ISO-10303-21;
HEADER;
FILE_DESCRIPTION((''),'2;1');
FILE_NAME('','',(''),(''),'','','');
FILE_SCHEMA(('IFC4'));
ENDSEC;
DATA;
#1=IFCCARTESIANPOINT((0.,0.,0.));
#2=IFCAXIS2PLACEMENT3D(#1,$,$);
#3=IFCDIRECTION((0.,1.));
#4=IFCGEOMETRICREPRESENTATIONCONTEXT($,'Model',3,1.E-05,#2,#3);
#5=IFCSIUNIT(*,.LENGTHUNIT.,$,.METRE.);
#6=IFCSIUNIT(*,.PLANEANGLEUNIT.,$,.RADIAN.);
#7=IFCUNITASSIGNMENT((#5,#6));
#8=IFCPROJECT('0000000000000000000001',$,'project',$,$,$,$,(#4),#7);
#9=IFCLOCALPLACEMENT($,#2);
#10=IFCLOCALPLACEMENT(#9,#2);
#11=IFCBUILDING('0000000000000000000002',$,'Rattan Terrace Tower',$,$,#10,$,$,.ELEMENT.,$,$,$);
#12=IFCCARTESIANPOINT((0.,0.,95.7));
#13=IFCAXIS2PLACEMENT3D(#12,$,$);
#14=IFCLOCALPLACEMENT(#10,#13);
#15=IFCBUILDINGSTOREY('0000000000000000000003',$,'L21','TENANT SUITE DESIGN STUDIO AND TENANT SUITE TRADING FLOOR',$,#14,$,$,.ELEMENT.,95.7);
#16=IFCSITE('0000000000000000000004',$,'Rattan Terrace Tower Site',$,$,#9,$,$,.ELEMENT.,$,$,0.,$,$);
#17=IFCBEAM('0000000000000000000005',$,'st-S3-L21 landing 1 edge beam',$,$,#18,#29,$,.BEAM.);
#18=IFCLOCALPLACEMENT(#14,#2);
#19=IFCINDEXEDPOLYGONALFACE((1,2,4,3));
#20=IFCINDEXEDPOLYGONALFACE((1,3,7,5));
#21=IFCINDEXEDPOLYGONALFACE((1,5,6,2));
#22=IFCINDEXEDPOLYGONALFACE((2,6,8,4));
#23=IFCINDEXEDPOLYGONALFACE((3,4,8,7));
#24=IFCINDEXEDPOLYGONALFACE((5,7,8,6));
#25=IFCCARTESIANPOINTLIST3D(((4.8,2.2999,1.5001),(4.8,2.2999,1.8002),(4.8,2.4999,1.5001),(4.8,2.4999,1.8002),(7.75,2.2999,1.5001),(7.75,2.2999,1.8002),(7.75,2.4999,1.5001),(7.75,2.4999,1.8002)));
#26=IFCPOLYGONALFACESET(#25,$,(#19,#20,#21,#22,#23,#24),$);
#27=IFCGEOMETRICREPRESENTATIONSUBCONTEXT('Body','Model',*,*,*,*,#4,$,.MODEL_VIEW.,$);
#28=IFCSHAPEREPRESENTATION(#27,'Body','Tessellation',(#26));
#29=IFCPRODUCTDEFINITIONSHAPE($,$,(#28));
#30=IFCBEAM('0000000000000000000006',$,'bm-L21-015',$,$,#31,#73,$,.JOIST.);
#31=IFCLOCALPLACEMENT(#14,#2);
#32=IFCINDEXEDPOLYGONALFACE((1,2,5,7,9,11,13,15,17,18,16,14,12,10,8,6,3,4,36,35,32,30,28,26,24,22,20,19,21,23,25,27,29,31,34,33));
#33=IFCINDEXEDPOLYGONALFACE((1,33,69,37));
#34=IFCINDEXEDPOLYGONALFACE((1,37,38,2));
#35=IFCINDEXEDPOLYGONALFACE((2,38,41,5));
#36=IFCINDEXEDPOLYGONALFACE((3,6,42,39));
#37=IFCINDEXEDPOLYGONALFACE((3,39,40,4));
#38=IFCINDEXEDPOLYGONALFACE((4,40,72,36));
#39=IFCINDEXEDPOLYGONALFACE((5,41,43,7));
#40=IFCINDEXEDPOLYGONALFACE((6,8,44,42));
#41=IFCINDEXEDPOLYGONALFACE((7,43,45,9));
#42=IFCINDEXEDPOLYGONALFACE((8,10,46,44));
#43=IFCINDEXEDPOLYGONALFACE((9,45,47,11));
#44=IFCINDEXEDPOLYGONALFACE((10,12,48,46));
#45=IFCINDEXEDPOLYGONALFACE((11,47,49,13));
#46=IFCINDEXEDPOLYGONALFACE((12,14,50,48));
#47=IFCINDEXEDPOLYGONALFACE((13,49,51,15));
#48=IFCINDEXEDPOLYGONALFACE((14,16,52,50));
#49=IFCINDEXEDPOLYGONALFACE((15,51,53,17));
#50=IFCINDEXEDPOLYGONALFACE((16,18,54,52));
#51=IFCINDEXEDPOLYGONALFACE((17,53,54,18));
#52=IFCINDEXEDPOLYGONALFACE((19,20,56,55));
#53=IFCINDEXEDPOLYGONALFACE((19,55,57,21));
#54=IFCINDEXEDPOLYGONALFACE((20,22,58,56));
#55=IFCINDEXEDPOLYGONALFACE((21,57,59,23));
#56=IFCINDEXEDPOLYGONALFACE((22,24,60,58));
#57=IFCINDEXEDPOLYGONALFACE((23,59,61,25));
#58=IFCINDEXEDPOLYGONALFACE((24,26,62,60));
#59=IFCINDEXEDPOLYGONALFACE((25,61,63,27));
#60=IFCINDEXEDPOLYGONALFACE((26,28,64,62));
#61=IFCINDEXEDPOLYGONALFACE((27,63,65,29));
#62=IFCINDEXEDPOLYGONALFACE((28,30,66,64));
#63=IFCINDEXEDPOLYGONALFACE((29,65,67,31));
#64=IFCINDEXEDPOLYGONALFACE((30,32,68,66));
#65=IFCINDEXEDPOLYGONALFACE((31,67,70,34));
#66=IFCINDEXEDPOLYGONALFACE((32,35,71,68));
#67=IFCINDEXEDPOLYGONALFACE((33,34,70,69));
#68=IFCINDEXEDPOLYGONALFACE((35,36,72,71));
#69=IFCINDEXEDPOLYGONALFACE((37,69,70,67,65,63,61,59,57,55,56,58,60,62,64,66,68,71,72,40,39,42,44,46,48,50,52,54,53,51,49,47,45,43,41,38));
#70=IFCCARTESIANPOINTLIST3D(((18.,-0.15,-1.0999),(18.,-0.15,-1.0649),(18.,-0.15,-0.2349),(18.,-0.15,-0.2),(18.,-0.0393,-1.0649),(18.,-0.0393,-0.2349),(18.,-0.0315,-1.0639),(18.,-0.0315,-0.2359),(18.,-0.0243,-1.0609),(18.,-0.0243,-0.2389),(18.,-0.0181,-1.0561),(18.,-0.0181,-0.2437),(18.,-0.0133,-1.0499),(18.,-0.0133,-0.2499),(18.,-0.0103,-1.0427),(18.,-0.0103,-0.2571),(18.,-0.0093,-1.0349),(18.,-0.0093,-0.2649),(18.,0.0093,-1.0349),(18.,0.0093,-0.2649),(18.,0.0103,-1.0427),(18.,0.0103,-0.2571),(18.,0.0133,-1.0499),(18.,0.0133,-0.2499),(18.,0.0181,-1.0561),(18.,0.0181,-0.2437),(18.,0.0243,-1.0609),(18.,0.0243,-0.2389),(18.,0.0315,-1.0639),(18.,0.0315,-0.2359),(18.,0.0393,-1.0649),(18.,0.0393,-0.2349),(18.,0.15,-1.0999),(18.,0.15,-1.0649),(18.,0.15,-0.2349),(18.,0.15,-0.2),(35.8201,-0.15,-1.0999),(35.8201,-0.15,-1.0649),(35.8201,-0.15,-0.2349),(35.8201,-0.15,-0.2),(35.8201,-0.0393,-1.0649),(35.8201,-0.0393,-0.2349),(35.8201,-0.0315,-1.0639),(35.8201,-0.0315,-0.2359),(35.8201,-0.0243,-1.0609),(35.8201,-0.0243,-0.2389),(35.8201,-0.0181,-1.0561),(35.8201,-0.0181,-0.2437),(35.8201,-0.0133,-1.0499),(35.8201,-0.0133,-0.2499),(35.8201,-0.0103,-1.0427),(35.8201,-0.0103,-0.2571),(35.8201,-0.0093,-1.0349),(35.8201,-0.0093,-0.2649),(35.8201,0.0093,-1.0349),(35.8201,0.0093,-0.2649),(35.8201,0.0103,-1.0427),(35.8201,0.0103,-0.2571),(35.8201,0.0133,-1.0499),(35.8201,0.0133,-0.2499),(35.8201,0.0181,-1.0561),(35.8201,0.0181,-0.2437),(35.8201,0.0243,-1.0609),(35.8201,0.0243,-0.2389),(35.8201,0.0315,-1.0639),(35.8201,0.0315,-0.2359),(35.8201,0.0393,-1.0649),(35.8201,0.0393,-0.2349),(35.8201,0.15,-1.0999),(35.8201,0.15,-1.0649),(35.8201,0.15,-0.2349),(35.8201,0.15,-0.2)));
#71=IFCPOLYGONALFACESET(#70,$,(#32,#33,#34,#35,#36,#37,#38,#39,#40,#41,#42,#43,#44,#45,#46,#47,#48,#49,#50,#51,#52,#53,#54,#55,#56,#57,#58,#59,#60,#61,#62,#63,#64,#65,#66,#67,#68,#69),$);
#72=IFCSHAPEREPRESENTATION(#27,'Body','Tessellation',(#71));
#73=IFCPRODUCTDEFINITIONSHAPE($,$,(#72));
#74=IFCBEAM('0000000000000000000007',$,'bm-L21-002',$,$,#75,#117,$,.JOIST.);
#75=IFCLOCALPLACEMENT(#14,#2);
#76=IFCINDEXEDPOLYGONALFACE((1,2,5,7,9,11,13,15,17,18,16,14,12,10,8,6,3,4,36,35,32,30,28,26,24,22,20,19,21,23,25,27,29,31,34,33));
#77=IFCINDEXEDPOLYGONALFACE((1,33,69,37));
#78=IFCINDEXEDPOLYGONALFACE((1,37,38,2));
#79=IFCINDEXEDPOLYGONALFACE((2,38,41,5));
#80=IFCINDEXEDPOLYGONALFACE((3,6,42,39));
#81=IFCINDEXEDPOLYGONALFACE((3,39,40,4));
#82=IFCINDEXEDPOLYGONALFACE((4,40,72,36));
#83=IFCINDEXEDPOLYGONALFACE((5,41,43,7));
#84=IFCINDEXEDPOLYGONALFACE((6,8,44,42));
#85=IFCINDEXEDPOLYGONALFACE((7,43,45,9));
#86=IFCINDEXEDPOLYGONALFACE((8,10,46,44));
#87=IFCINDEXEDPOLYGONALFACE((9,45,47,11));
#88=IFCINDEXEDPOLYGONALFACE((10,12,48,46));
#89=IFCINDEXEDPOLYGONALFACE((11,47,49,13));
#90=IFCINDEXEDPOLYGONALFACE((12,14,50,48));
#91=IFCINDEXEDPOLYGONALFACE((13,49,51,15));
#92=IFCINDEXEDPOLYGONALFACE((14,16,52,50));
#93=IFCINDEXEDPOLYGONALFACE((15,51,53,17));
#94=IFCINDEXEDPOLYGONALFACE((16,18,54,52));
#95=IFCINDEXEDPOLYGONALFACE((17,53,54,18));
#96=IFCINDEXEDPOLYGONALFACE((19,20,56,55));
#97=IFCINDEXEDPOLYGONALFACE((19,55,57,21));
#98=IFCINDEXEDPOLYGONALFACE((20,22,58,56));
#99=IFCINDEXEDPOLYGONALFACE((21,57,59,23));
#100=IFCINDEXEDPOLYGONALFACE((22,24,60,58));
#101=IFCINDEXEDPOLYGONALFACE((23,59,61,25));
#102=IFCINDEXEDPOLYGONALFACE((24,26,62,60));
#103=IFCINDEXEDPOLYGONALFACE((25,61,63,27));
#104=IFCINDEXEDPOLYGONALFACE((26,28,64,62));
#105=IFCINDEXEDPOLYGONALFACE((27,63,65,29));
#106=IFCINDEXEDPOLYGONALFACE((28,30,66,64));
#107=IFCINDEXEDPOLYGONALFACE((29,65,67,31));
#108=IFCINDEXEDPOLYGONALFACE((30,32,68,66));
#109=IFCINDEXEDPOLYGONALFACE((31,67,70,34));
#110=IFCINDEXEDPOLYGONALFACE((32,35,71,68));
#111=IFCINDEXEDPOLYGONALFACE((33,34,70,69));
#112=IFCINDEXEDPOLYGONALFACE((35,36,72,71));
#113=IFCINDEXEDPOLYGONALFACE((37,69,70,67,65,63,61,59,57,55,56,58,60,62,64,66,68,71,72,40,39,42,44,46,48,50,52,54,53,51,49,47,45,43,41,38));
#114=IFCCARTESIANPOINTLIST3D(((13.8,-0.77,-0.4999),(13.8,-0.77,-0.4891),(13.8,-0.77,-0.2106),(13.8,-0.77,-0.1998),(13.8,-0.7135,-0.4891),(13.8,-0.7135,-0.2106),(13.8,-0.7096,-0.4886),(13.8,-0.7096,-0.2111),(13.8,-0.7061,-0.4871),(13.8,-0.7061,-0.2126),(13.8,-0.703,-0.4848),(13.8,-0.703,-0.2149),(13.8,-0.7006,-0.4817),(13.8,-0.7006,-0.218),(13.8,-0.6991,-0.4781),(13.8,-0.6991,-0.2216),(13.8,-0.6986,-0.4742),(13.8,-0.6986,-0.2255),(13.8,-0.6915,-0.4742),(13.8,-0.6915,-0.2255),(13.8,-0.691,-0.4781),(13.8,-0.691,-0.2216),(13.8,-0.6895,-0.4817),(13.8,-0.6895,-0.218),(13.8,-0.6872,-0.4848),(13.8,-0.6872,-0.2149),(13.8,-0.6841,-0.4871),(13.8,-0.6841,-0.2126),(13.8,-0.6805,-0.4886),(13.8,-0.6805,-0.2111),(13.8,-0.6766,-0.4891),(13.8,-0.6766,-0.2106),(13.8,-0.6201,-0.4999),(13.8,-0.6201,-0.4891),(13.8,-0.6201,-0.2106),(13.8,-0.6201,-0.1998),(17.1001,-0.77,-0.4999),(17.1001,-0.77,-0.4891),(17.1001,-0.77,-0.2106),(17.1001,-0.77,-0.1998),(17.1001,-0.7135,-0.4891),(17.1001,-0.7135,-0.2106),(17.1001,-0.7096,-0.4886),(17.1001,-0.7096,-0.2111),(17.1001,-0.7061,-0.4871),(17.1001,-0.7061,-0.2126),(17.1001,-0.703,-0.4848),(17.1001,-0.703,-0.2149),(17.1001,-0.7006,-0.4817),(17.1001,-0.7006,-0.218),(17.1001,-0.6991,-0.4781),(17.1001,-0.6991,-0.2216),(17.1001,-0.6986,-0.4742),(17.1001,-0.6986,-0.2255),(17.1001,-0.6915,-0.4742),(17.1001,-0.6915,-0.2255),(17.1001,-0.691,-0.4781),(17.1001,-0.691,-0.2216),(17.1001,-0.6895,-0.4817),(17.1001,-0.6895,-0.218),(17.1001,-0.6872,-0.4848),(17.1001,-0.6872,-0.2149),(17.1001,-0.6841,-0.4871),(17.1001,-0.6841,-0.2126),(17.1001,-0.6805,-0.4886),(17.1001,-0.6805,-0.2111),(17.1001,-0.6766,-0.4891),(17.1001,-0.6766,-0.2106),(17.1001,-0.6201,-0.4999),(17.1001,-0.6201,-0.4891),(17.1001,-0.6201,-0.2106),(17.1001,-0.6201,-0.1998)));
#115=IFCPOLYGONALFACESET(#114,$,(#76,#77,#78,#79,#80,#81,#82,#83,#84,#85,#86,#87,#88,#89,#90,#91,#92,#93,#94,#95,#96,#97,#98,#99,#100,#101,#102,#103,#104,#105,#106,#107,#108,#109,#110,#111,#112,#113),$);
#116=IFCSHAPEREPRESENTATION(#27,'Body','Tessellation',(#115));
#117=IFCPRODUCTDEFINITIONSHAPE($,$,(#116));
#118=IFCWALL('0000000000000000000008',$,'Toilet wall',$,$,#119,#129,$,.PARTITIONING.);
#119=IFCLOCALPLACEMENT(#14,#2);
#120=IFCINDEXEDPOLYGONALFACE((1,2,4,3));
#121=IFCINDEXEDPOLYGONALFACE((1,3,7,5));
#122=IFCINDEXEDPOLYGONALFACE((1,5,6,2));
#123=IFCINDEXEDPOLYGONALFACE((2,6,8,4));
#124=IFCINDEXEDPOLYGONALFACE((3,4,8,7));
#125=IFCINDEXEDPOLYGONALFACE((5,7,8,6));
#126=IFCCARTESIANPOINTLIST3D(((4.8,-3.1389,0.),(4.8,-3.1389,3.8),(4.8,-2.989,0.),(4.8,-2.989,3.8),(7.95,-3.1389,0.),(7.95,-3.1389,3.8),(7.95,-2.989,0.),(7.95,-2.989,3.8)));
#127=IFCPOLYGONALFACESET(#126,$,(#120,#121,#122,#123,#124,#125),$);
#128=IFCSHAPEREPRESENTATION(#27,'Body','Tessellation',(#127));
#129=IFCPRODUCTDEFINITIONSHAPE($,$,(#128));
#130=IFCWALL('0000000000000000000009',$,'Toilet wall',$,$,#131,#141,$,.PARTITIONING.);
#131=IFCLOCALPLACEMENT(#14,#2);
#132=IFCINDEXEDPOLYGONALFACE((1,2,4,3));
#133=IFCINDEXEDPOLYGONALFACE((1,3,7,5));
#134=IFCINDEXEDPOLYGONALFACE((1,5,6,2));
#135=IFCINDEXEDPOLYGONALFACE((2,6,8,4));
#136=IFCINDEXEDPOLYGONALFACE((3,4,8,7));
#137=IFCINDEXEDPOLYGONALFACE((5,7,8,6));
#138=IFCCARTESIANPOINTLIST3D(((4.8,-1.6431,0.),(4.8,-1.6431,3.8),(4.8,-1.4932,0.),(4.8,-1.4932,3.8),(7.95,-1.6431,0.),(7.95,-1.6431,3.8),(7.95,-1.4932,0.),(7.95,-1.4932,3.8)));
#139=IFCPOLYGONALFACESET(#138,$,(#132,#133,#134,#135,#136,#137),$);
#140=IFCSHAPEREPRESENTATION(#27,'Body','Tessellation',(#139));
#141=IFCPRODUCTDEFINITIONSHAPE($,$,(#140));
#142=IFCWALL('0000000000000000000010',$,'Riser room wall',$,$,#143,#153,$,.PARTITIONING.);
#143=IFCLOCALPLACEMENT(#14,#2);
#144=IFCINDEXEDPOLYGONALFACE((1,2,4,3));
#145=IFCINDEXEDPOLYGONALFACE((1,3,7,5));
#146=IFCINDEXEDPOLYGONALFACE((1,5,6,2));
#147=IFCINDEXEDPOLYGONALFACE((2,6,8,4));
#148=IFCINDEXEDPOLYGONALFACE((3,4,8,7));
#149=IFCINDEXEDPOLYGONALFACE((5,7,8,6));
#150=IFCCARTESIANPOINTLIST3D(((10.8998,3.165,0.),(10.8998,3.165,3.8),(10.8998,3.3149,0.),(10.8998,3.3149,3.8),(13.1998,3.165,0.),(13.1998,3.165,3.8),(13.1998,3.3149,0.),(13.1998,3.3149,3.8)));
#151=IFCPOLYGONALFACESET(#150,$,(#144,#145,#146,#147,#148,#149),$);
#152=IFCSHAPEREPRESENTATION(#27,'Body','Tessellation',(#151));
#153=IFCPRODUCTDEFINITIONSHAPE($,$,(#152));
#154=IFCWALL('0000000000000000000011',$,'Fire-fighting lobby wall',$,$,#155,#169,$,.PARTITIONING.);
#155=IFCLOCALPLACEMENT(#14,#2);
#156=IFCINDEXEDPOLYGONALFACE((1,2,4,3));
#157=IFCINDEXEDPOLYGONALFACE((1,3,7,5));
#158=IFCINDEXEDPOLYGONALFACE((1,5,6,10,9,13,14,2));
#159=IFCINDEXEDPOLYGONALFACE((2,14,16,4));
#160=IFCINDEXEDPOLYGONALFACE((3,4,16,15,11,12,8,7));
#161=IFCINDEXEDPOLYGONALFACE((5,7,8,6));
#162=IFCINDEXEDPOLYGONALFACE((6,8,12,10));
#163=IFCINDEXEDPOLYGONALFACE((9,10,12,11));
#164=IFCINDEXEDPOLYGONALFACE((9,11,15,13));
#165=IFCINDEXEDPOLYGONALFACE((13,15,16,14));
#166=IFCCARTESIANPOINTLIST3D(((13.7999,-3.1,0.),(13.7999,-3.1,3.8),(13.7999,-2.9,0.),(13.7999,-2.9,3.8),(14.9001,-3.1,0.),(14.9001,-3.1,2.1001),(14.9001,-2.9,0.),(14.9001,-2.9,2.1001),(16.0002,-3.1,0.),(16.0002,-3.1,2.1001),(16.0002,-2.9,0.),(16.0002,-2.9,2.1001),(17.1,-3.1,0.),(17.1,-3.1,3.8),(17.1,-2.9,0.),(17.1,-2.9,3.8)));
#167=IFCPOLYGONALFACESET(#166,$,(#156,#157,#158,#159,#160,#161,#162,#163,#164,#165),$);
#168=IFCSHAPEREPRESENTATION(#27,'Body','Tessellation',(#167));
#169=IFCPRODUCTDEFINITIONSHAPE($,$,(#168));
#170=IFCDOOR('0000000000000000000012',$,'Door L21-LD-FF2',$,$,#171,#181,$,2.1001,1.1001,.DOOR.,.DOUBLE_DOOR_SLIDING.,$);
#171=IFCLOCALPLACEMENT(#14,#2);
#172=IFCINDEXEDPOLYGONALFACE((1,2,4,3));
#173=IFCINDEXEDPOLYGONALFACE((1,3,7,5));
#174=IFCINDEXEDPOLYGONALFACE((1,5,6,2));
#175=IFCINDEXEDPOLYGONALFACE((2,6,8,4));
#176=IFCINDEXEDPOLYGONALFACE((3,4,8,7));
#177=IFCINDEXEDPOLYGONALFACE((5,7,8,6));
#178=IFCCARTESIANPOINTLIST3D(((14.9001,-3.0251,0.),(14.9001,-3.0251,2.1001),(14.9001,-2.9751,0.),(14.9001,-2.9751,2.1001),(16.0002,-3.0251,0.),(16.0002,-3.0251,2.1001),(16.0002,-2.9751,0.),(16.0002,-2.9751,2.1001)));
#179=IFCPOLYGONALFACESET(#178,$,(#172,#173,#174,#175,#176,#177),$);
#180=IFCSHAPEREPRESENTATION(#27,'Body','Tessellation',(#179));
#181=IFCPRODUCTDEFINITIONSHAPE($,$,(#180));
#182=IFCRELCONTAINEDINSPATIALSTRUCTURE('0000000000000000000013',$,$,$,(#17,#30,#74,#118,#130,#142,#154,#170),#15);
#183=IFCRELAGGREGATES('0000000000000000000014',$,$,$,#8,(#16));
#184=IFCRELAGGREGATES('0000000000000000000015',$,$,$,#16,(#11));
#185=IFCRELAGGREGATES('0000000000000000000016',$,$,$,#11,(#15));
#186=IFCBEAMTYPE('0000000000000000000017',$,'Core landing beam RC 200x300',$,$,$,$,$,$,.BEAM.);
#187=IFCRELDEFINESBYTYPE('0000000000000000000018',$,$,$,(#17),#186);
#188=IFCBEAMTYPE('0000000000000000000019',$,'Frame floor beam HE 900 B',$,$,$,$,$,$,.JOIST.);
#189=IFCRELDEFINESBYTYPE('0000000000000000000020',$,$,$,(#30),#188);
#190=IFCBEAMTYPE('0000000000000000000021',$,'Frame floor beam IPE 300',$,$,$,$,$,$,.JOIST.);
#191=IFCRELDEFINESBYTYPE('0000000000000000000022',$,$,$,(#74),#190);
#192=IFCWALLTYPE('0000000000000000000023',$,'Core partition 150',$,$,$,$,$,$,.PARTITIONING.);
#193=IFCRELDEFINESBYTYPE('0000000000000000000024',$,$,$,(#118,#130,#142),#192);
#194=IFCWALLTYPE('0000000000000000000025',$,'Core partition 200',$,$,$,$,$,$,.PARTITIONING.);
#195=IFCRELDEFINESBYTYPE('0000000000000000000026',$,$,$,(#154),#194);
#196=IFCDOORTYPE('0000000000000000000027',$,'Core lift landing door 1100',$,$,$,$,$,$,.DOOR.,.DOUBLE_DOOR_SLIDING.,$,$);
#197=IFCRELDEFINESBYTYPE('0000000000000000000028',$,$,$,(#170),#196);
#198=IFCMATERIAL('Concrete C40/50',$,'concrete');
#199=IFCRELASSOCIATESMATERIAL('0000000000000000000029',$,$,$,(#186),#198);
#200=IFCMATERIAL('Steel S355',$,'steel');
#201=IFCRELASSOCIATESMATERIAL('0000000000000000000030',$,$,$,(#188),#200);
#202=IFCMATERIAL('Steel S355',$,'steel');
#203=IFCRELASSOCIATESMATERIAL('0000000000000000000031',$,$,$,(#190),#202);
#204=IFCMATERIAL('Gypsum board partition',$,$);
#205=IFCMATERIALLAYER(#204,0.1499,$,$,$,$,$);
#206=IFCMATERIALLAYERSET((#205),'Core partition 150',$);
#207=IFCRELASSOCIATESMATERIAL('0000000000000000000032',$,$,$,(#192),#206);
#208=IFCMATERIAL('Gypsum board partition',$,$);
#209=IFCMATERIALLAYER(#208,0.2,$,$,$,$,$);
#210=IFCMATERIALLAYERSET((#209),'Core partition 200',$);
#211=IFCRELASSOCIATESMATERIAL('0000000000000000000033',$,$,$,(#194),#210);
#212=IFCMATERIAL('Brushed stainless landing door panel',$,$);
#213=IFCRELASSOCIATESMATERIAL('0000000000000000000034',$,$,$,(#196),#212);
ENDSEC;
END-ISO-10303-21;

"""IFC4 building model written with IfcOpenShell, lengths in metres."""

from ifc_helpers import new_model, si_unit, direction, frame, frame_2d, origin, origin_2d, place, context, subcontext, project, spatial, rectangle, i_section, extrude, material, layer, layer_set, material_profile, profile_set, type_object, element, fill, save


model = new_model("IFC4")

# Units and contexts
model_context = context("Model", 3, precision=1e-05, world=origin(), true_north=direction((0.0, 1.0)))
body_context = subcontext(model_context, "Body", "Model", "MODEL_VIEW")
ifc_project = project(units=[si_unit("LENGTHUNIT", "METRE"), si_unit("PLANEANGLEUNIT", "RADIAN")], contexts=[model_context])

# Site, building, storey
site_placement = place(None, origin())
site = spatial("IfcSite", under=ifc_project, at=site_placement, Name="Rattan Terrace Tower Site", CompositionType="ELEMENT", RefElevation=0.0)
building_placement = place(site_placement, origin())
building = spatial("IfcBuilding", under=site, at=building_placement, Name="Rattan Terrace Tower", CompositionType="ELEMENT")
storey_placement = place(building_placement, frame((0.0, 0.0, 95.7)))
storey = spatial("IfcBuildingStorey", under=building, at=storey_placement, Name="L21", Description="TENANT SUITE DESIGN STUDIO AND TENANT SUITE TRADING FLOOR", CompositionType="ELEMENT", Elevation=95.7)

# Beams
ifc_material_1 = material(Name="Concrete C40/50", Category="concrete")
ifc_material_profile_1 = material_profile(ifc_material_1, rectangle(XDim=0.2, YDim=0.3, at=origin_2d()), Name="RC 200x300")
ifc_profile_set_1 = profile_set([ifc_material_profile_1], Name="Concrete C40/50")
beam_type_1 = type_object("IfcBeamType", Name="Core landing beam RC 200x300", PredefinedType="BEAM", material=ifc_profile_set_1)
beam_1_placement = place(storey_placement, frame((4.8, 2.3999, 1.6501), z_axis=(1.0, 0.0, 0.0), x_axis=(0.0, 1.0, 0.0)))
element("IfcBeam", 1, at=beam_1_placement, inside=storey, type_object=beam_type_1, Name="st-S3-L21 landing 1 edge beam", PredefinedType="BEAM", context=body_context, shape_type="SweptSolid", body=[
    extrude(rectangle(XDim=0.2, YDim=0.3, at=origin_2d()), origin(), (0.0, 0.0, 1.0), 2.95),
])
ifc_material_2 = material(Name="Steel S355", Category="steel")
ifc_material_profile_2 = material_profile(ifc_material_2, i_section(OverallWidth=0.3, OverallDepth=0.8999, WebThickness=0.0186, FlangeThickness=0.0349, FilletRadius=0.03, at=origin_2d()), Name="HE 900 B")
ifc_profile_set_2 = profile_set([ifc_material_profile_2], Name="Steel S355")
beam_type_2 = type_object("IfcBeamType", Name="Frame floor beam HE 900 B", PredefinedType="JOIST", material=ifc_profile_set_2)
beam_2_placement = place(storey_placement, frame((18.0, 0.0, -0.6499), z_axis=(1.0, 0.0, 0.0), x_axis=(0.0, 1.0, 0.0)))
element("IfcBeam", 2, at=beam_2_placement, inside=storey, type_object=beam_type_2, Name="bm-L21-015", PredefinedType="JOIST", context=body_context, shape_type="SweptSolid", body=[
    extrude(i_section(OverallWidth=0.3, OverallDepth=0.8999, WebThickness=0.0186, FlangeThickness=0.0349, FilletRadius=0.03, at=origin_2d()), origin(), (0.0, 0.0, 1.0), 17.8201),
])
ifc_material_3 = material(Name="Steel S355", Category="steel")
ifc_material_profile_3 = material_profile(ifc_material_3, i_section(OverallWidth=0.1499, OverallDepth=0.3, WebThickness=0.0071, FlangeThickness=0.0107, FilletRadius=0.0149, at=origin_2d()), Name="IPE 300")
ifc_profile_set_3 = profile_set([ifc_material_profile_3], Name="Steel S355")
beam_type_3 = type_object("IfcBeamType", Name="Frame floor beam IPE 300", PredefinedType="JOIST", material=ifc_profile_set_3)
beam_3_placement = place(storey_placement, frame((13.8, -0.6951, -0.3499), z_axis=(1.0, 0.0, 0.0), x_axis=(0.0, 1.0, 0.0)))
element("IfcBeam", 3, at=beam_3_placement, inside=storey, type_object=beam_type_3, Name="bm-L21-002", PredefinedType="JOIST", context=body_context, shape_type="SweptSolid", body=[
    extrude(i_section(OverallWidth=0.1499, OverallDepth=0.3, WebThickness=0.0071, FlangeThickness=0.0107, FilletRadius=0.0149, at=origin_2d()), origin(), (0.0, 0.0, 1.0), 3.3),
])

# Walls
ifc_material_4 = material(Name="Gypsum board partition")
ifc_layer_1 = layer(ifc_material_4, 0.1499)
ifc_layer_set_1 = layer_set([ifc_layer_1], Name="Core partition 150")
wall_type_1 = type_object("IfcWallType", Name="Core partition 150", PredefinedType="PARTITIONING", material=ifc_layer_set_1)
for number, where, z_axis, x_axis, name in (
    (4, (4.8, -3.064, 0.0), (0.0, 0.0, 1.0), (1.0, 0.0, 0.0), "Toilet wall"),
    (5, (4.8, -1.5681, 0.0), (0.0, 0.0, 1.0), (1.0, 0.0, 0.0), "Toilet wall"),
):
    element("IfcWall", number, at=place(storey_placement, frame(where, z_axis=z_axis, x_axis=x_axis)), inside=storey, type_object=wall_type_1, Name=name, PredefinedType="PARTITIONING", context=body_context, shape_type="SweptSolid", body=[
        extrude(rectangle(XDim=3.1499, YDim=0.1499, at=frame_2d((1.575, 0.0))), origin(), (0.0, 0.0, 1.0), 3.8),
    ])
wall_1_placement = place(storey_placement, frame((10.8999, 3.24, 0.0), z_axis=(0.0, 0.0, 1.0), x_axis=(1.0, 0.0, 0.0)))
element("IfcWall", 6, at=wall_1_placement, inside=storey, type_object=wall_type_1, Name="Riser room wall", PredefinedType="PARTITIONING", context=body_context, shape_type="SweptSolid", body=[
    extrude(rectangle(XDim=2.3, YDim=0.1499, at=frame_2d((1.1499, 0.0))), origin(), (0.0, 0.0, 1.0), 3.8),
])

# Wall, opening, door
ifc_material_5 = material(Name="Gypsum board partition")
ifc_layer_2 = layer(ifc_material_5, 0.2)
ifc_layer_set_2 = layer_set([ifc_layer_2], Name="Core partition 200")
wall_type_2 = type_object("IfcWallType", Name="Core partition 200", PredefinedType="PARTITIONING", material=ifc_layer_set_2)
wall_2_placement = place(storey_placement, frame((13.8, -3.0, 0.0), z_axis=(0.0, 0.0, 1.0), x_axis=(1.0, 0.0, 0.0)))
wall_2 = element("IfcWall", 7, at=wall_2_placement, inside=storey, type_object=wall_type_2, Name="Fire-fighting lobby wall", PredefinedType="PARTITIONING", context=body_context, shape_type="SweptSolid", body=[
    extrude(rectangle(XDim=3.3, YDim=0.2, at=frame_2d((1.6499, 0.0))), origin(), (0.0, 0.0, 1.0), 3.8),
])
opening_1_placement = place(wall_2_placement, frame((1.1001, 0.0, 0.0)))
opening_1 = element("IfcOpeningElement", 8, at=opening_1_placement, cuts=wall_2, PredefinedType="OPENING", context=body_context, shape_type="SweptSolid", body=[
    extrude(rectangle(XDim=1.1001, YDim=2.1001, at=frame_2d((0.55, 1.05))), frame((0.0, 0.1106, 0.0), z_axis=(0.0, -1.0, 0.0), x_axis=(1.0, 0.0, 0.0)), (0.0, 0.0, 1.0), 0.2209),
])
ifc_material_6 = material(Name="Brushed stainless landing door panel")
door_type_1 = type_object("IfcDoorType", Name="Core lift landing door 1100", OperationType="DOUBLE_DOOR_SLIDING", PredefinedType="DOOR", material=ifc_material_6)
door_1_placement = place(opening_1_placement, origin())
door_1 = element("IfcDoor", 9, at=door_1_placement, inside=storey, type_object=door_type_1, Name="Door L21-LD-FF2", OperationType="DOUBLE_DOOR_SLIDING", OverallHeight=2.1001, OverallWidth=1.1001, PredefinedType="DOOR", context=body_context, shape_type="SweptSolid", body=[
    extrude(rectangle(XDim=1.1001, YDim=2.1001, at=frame_2d((0.55, 1.05))), frame((0.0, 0.0249, 0.0), z_axis=(0.0, -1.0, 0.0), x_axis=(1.0, 0.0, 0.0)), (0.0, 0.0, 1.0), 0.05),
])
fill(opening_1, door_1)

save(model, "model.ifc")
